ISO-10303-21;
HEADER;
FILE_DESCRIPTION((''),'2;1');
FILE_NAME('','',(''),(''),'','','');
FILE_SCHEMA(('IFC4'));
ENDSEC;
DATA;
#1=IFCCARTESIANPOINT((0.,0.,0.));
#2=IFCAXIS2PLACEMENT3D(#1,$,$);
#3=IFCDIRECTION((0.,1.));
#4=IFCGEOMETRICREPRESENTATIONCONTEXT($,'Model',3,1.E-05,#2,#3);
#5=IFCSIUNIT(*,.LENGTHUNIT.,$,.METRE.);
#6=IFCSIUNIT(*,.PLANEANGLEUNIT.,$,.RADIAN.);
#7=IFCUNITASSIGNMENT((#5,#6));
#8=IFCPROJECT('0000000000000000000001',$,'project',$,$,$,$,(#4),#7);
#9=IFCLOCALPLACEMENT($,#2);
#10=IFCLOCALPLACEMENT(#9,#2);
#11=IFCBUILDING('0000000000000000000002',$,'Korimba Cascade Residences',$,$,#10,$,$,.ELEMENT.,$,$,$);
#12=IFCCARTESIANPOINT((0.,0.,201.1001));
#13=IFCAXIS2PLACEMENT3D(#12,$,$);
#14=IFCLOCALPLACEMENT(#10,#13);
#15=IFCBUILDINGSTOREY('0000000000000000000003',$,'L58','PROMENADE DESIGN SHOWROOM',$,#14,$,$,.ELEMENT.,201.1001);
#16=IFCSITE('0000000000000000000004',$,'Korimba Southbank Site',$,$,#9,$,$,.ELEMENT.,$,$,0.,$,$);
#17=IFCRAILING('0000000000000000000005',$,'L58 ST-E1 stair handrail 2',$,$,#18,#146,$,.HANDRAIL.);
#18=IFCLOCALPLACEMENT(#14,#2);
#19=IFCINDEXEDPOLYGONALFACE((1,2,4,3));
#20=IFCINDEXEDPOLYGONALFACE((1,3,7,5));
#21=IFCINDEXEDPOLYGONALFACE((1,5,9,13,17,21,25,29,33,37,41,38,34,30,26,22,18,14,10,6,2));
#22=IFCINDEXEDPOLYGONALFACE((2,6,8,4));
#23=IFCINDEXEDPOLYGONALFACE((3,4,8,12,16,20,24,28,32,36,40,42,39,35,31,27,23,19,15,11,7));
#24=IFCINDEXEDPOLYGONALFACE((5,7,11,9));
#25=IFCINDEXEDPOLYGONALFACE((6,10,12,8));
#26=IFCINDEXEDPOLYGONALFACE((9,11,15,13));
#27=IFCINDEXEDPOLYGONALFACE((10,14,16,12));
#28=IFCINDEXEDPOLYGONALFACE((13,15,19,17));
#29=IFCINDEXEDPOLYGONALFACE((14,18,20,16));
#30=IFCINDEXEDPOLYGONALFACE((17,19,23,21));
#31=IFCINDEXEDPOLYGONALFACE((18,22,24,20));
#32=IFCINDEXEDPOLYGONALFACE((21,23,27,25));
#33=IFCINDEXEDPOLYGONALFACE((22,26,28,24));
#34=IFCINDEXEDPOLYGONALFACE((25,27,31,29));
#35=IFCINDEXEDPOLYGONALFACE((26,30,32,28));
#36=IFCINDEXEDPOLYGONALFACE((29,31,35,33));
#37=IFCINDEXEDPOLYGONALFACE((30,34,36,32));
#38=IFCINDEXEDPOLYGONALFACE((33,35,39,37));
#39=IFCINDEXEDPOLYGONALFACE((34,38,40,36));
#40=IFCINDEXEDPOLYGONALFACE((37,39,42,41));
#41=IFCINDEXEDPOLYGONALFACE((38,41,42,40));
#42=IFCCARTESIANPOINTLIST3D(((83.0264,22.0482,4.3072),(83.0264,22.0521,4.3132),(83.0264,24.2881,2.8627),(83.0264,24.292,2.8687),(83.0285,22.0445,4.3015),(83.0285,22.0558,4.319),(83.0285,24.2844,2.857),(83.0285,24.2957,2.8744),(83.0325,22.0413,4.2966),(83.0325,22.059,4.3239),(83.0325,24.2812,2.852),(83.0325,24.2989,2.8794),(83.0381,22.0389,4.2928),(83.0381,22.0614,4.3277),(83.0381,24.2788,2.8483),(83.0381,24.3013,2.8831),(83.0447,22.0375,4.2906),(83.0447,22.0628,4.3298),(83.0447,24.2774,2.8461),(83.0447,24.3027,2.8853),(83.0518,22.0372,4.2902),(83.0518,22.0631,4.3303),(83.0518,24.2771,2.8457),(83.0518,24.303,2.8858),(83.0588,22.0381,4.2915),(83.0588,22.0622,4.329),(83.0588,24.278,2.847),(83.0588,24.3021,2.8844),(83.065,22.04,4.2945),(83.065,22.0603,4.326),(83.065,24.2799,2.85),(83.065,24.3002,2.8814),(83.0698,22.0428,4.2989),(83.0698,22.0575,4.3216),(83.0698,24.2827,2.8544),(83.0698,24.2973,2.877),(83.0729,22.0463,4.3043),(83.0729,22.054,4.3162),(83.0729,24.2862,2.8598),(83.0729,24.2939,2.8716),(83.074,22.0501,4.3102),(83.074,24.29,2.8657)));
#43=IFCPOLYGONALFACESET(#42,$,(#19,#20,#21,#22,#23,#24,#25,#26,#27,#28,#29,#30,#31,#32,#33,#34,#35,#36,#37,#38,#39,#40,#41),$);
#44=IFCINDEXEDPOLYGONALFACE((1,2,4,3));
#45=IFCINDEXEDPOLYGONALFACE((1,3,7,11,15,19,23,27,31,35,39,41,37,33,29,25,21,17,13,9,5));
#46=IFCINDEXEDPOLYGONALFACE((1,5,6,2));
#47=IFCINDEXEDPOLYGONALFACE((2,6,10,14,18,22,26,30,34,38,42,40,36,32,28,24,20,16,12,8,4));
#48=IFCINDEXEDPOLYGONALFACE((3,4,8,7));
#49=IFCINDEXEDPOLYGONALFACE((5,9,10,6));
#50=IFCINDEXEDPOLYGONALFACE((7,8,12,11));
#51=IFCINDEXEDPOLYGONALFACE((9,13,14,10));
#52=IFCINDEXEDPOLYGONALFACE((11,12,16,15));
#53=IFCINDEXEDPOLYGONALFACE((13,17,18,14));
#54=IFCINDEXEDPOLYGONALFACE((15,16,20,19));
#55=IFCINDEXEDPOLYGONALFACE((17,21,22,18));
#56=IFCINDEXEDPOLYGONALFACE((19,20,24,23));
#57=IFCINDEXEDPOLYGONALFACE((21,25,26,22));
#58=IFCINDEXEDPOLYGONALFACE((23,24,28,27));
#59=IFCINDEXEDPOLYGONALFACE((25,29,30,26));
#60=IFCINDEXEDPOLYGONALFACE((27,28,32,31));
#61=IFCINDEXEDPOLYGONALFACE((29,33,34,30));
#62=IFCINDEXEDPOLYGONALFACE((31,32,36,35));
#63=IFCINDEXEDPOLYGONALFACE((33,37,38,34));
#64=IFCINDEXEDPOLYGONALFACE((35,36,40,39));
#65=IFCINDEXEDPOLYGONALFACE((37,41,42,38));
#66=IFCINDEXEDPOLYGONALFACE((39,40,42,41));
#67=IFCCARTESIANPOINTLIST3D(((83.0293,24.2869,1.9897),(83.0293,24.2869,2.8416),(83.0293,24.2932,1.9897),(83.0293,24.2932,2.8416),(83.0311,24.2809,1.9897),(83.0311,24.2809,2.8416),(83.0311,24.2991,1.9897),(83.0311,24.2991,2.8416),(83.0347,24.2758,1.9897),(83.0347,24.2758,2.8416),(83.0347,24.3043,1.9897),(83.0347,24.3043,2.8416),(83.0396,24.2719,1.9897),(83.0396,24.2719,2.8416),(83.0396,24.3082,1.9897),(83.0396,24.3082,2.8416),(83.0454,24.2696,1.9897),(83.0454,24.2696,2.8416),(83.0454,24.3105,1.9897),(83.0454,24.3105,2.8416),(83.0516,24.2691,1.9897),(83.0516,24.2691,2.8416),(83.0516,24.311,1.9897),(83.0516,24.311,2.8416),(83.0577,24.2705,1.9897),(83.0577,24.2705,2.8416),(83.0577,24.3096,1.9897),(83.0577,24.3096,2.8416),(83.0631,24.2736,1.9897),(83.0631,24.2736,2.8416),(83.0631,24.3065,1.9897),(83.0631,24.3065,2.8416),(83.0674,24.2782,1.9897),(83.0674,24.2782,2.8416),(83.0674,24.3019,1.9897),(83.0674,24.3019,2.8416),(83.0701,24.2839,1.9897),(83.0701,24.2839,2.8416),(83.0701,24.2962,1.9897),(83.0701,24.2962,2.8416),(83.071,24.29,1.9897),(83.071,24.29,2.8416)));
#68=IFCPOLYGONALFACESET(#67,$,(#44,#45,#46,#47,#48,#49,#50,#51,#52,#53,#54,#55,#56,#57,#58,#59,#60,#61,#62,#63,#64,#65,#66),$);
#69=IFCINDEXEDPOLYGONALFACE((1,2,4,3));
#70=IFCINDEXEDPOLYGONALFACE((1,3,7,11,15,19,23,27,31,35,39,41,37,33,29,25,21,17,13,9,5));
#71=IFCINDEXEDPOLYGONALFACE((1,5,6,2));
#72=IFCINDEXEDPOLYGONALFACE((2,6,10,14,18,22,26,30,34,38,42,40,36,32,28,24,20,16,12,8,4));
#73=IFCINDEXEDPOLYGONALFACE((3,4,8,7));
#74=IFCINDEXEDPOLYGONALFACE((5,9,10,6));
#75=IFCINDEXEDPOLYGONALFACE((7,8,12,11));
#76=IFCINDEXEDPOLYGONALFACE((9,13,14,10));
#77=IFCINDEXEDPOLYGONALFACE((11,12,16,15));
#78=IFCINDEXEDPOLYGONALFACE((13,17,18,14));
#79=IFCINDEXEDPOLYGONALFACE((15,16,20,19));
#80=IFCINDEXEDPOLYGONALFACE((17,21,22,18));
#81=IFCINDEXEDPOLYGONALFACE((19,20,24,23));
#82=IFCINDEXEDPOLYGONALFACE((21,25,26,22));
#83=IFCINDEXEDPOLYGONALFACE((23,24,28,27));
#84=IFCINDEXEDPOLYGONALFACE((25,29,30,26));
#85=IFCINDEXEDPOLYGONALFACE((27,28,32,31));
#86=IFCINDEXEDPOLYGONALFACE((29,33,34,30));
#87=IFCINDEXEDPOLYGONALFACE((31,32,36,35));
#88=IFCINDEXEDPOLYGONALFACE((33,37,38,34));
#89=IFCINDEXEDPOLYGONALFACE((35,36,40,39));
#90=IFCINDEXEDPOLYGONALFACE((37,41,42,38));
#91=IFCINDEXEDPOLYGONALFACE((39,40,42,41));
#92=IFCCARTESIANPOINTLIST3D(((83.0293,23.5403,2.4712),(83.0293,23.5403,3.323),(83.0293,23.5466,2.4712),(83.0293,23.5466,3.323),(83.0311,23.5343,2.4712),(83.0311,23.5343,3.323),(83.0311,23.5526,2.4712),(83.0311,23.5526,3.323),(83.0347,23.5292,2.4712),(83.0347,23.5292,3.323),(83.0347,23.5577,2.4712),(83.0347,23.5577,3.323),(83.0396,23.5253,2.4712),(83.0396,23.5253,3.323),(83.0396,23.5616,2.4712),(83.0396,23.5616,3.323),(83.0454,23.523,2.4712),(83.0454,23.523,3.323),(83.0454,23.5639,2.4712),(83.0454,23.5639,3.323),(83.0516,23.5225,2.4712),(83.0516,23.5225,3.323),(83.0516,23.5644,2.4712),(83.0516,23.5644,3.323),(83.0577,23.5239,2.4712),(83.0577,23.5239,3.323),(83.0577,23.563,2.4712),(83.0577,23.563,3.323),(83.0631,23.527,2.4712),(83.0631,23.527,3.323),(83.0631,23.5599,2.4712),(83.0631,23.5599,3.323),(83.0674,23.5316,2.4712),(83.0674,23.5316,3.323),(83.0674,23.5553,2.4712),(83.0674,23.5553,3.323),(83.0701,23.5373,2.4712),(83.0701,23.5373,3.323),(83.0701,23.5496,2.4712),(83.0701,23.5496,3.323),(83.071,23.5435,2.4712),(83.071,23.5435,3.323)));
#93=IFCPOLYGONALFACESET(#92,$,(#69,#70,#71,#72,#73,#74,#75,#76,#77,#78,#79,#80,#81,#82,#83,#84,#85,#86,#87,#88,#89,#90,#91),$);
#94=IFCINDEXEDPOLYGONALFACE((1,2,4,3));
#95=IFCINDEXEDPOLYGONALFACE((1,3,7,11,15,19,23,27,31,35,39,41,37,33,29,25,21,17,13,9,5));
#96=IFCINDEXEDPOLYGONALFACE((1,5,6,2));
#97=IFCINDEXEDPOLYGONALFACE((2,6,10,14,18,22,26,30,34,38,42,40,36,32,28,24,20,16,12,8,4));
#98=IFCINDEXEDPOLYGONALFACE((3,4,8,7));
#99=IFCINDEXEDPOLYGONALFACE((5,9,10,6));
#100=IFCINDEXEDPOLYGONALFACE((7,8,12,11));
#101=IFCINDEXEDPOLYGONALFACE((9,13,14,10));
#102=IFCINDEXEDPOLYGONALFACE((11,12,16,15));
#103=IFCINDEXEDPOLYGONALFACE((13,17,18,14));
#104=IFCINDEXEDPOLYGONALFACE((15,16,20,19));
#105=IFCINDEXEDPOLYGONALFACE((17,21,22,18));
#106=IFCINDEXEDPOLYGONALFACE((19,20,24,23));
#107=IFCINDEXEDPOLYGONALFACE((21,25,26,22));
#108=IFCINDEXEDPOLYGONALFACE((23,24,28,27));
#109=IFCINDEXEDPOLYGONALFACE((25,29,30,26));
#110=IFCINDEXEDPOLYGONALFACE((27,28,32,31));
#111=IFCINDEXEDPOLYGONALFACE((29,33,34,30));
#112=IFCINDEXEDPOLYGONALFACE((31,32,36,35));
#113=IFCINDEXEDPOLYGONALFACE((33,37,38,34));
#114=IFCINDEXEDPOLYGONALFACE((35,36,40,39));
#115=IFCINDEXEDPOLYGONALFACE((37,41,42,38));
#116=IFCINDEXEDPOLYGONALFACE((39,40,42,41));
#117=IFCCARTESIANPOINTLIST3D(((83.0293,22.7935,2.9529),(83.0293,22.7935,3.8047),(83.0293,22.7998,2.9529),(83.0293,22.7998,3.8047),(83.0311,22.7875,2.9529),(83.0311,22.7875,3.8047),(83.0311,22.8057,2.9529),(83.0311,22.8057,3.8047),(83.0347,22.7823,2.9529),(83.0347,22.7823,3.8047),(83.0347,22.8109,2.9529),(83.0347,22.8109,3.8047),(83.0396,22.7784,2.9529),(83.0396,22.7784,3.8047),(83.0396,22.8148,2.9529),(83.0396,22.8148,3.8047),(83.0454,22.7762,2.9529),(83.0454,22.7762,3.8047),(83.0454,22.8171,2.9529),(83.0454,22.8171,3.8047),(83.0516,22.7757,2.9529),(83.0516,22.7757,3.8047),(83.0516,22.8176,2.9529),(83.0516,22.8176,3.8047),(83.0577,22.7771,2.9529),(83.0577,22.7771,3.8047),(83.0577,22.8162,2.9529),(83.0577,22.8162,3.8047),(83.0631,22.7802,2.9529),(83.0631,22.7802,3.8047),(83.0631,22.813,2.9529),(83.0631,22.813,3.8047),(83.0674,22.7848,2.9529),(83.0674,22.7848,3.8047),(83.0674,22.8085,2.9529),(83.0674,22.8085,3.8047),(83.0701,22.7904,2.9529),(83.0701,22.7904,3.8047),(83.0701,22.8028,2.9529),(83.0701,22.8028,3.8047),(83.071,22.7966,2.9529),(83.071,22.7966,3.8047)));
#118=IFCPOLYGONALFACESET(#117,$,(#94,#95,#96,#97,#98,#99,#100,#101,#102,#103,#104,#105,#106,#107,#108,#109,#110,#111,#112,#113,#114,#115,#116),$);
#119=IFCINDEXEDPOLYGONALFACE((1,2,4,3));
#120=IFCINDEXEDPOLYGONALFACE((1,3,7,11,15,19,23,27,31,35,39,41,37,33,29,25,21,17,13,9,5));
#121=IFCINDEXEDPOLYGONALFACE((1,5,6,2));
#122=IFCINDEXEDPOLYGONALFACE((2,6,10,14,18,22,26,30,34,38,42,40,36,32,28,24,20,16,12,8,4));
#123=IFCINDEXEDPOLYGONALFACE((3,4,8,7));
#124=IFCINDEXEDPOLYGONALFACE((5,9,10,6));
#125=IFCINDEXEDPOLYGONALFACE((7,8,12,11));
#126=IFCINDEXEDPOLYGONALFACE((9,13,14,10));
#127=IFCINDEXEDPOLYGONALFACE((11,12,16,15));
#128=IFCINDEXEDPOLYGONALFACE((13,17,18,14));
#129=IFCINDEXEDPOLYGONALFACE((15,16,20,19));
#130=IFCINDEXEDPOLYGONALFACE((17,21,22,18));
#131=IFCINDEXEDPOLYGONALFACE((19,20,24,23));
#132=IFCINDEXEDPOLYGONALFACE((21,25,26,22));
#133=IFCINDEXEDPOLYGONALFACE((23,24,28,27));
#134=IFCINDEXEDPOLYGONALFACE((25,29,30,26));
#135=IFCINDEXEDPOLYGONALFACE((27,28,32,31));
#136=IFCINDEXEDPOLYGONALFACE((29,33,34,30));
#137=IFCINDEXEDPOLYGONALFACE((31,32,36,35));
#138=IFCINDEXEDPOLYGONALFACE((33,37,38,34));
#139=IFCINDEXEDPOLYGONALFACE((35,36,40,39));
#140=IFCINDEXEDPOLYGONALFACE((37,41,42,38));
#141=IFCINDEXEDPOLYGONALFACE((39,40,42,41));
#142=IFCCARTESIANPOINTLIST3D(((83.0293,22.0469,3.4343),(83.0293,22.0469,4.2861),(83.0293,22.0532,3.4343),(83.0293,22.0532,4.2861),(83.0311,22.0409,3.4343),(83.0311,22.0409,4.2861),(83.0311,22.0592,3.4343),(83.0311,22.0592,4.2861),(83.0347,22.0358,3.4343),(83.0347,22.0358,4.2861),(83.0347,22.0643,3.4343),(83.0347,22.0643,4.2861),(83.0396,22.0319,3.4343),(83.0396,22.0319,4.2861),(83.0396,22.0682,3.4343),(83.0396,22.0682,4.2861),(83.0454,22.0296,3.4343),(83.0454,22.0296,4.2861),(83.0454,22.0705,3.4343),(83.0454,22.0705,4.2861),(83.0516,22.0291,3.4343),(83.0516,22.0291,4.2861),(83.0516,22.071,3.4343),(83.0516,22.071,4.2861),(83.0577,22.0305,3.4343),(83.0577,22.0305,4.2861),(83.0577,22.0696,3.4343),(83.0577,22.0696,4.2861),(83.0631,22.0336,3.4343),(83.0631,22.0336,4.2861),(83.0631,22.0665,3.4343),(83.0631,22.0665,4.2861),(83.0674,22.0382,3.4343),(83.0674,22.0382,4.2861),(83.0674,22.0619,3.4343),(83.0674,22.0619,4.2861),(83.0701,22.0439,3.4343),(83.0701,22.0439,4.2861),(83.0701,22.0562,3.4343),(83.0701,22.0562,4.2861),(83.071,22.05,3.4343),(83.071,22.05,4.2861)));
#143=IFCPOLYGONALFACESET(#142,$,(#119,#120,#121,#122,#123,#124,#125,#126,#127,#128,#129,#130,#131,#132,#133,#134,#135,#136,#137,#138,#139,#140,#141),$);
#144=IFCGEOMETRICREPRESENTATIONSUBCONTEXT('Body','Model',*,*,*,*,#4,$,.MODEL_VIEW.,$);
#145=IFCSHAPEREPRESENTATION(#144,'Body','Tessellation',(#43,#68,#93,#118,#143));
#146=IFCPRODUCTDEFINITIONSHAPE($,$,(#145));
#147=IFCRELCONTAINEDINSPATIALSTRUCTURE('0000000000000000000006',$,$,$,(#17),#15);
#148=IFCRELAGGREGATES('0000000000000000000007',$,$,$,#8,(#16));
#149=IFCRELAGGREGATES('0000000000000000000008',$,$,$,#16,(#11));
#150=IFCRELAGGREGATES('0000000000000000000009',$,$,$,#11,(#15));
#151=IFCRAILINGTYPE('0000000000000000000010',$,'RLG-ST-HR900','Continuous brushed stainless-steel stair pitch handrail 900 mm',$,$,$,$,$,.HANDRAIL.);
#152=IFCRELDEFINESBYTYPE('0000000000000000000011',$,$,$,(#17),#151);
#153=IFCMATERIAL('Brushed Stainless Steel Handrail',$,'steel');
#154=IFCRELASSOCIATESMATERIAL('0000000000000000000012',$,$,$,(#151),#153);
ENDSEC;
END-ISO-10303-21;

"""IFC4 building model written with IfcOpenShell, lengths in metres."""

from ifc_helpers import new_model, si_unit, direction, frame, origin, origin_2d, place, context, subcontext, project, spatial, circle, extrude, material, type_object, element, save


model = new_model("IFC4")

# Units and contexts
model_context = context("Model", 3, precision=1e-05, world=origin(), true_north=direction((0.0, 1.0)))
body_context = subcontext(model_context, "Body", "Model", "MODEL_VIEW")
ifc_project = project(units=[si_unit("LENGTHUNIT", "METRE"), si_unit("PLANEANGLEUNIT", "RADIAN")], contexts=[model_context])

# Site, building, storey
site_placement = place(None, origin())
site = spatial("IfcSite", under=ifc_project, at=site_placement, Name="Korimba Southbank Site", CompositionType="ELEMENT", RefElevation=0.0)
building_placement = place(site_placement, origin())
building = spatial("IfcBuilding", under=site, at=building_placement, Name="Korimba Cascade Residences", CompositionType="ELEMENT")
storey_placement = place(building_placement, frame((0.0, 0.0, 201.1001)))
storey = spatial("IfcBuildingStorey", under=building, at=storey_placement, Name="L58", Description="PROMENADE DESIGN SHOWROOM", CompositionType="ELEMENT", Elevation=201.1001)

# Railing
ifc_material_1 = material(Name="Brushed Stainless Steel Handrail", Category="steel")
railing_type_1 = type_object("IfcRailingType", Name="RLG-ST-HR900", Description="Continuous brushed stainless-steel stair pitch handrail 900 mm", PredefinedType="HANDRAIL", material=ifc_material_1)
railing_1_placement = place(storey_placement, frame((83.05, 24.29, 1.9897)))
element("IfcRailing", 1, at=railing_1_placement, inside=storey, type_object=railing_type_1, Name="L58 ST-E1 stair handrail 2", PredefinedType="HANDRAIL", context=body_context, shape_type="SweptSolid", body=[
    extrude(circle(Radius=0.0239, at=origin_2d()), frame((0.0, 0.0, 0.876), z_axis=(0.0, -0.840395, 0.541975), x_axis=(1.0, 0.0, 0.0)), (0.0, 0.0, 1.0), 2.6653),
    extrude(circle(Radius=0.021, at=origin_2d()), origin(), (0.0, 0.0, 1.0), 0.8518),
    extrude(circle(Radius=0.021, at=origin_2d()), frame((0.0, -0.7466, 0.4814)), (0.0, 0.0, 1.0), 0.8518),
    extrude(circle(Radius=0.021, at=origin_2d()), frame((0.0, -1.4934, 0.9631)), (0.0, 0.0, 1.0), 0.8518),
    extrude(circle(Radius=0.021, at=origin_2d()), frame((0.0, -2.24, 1.4446)), (0.0, 0.0, 1.0), 0.8518),
])

save(model, "model.ifc")
